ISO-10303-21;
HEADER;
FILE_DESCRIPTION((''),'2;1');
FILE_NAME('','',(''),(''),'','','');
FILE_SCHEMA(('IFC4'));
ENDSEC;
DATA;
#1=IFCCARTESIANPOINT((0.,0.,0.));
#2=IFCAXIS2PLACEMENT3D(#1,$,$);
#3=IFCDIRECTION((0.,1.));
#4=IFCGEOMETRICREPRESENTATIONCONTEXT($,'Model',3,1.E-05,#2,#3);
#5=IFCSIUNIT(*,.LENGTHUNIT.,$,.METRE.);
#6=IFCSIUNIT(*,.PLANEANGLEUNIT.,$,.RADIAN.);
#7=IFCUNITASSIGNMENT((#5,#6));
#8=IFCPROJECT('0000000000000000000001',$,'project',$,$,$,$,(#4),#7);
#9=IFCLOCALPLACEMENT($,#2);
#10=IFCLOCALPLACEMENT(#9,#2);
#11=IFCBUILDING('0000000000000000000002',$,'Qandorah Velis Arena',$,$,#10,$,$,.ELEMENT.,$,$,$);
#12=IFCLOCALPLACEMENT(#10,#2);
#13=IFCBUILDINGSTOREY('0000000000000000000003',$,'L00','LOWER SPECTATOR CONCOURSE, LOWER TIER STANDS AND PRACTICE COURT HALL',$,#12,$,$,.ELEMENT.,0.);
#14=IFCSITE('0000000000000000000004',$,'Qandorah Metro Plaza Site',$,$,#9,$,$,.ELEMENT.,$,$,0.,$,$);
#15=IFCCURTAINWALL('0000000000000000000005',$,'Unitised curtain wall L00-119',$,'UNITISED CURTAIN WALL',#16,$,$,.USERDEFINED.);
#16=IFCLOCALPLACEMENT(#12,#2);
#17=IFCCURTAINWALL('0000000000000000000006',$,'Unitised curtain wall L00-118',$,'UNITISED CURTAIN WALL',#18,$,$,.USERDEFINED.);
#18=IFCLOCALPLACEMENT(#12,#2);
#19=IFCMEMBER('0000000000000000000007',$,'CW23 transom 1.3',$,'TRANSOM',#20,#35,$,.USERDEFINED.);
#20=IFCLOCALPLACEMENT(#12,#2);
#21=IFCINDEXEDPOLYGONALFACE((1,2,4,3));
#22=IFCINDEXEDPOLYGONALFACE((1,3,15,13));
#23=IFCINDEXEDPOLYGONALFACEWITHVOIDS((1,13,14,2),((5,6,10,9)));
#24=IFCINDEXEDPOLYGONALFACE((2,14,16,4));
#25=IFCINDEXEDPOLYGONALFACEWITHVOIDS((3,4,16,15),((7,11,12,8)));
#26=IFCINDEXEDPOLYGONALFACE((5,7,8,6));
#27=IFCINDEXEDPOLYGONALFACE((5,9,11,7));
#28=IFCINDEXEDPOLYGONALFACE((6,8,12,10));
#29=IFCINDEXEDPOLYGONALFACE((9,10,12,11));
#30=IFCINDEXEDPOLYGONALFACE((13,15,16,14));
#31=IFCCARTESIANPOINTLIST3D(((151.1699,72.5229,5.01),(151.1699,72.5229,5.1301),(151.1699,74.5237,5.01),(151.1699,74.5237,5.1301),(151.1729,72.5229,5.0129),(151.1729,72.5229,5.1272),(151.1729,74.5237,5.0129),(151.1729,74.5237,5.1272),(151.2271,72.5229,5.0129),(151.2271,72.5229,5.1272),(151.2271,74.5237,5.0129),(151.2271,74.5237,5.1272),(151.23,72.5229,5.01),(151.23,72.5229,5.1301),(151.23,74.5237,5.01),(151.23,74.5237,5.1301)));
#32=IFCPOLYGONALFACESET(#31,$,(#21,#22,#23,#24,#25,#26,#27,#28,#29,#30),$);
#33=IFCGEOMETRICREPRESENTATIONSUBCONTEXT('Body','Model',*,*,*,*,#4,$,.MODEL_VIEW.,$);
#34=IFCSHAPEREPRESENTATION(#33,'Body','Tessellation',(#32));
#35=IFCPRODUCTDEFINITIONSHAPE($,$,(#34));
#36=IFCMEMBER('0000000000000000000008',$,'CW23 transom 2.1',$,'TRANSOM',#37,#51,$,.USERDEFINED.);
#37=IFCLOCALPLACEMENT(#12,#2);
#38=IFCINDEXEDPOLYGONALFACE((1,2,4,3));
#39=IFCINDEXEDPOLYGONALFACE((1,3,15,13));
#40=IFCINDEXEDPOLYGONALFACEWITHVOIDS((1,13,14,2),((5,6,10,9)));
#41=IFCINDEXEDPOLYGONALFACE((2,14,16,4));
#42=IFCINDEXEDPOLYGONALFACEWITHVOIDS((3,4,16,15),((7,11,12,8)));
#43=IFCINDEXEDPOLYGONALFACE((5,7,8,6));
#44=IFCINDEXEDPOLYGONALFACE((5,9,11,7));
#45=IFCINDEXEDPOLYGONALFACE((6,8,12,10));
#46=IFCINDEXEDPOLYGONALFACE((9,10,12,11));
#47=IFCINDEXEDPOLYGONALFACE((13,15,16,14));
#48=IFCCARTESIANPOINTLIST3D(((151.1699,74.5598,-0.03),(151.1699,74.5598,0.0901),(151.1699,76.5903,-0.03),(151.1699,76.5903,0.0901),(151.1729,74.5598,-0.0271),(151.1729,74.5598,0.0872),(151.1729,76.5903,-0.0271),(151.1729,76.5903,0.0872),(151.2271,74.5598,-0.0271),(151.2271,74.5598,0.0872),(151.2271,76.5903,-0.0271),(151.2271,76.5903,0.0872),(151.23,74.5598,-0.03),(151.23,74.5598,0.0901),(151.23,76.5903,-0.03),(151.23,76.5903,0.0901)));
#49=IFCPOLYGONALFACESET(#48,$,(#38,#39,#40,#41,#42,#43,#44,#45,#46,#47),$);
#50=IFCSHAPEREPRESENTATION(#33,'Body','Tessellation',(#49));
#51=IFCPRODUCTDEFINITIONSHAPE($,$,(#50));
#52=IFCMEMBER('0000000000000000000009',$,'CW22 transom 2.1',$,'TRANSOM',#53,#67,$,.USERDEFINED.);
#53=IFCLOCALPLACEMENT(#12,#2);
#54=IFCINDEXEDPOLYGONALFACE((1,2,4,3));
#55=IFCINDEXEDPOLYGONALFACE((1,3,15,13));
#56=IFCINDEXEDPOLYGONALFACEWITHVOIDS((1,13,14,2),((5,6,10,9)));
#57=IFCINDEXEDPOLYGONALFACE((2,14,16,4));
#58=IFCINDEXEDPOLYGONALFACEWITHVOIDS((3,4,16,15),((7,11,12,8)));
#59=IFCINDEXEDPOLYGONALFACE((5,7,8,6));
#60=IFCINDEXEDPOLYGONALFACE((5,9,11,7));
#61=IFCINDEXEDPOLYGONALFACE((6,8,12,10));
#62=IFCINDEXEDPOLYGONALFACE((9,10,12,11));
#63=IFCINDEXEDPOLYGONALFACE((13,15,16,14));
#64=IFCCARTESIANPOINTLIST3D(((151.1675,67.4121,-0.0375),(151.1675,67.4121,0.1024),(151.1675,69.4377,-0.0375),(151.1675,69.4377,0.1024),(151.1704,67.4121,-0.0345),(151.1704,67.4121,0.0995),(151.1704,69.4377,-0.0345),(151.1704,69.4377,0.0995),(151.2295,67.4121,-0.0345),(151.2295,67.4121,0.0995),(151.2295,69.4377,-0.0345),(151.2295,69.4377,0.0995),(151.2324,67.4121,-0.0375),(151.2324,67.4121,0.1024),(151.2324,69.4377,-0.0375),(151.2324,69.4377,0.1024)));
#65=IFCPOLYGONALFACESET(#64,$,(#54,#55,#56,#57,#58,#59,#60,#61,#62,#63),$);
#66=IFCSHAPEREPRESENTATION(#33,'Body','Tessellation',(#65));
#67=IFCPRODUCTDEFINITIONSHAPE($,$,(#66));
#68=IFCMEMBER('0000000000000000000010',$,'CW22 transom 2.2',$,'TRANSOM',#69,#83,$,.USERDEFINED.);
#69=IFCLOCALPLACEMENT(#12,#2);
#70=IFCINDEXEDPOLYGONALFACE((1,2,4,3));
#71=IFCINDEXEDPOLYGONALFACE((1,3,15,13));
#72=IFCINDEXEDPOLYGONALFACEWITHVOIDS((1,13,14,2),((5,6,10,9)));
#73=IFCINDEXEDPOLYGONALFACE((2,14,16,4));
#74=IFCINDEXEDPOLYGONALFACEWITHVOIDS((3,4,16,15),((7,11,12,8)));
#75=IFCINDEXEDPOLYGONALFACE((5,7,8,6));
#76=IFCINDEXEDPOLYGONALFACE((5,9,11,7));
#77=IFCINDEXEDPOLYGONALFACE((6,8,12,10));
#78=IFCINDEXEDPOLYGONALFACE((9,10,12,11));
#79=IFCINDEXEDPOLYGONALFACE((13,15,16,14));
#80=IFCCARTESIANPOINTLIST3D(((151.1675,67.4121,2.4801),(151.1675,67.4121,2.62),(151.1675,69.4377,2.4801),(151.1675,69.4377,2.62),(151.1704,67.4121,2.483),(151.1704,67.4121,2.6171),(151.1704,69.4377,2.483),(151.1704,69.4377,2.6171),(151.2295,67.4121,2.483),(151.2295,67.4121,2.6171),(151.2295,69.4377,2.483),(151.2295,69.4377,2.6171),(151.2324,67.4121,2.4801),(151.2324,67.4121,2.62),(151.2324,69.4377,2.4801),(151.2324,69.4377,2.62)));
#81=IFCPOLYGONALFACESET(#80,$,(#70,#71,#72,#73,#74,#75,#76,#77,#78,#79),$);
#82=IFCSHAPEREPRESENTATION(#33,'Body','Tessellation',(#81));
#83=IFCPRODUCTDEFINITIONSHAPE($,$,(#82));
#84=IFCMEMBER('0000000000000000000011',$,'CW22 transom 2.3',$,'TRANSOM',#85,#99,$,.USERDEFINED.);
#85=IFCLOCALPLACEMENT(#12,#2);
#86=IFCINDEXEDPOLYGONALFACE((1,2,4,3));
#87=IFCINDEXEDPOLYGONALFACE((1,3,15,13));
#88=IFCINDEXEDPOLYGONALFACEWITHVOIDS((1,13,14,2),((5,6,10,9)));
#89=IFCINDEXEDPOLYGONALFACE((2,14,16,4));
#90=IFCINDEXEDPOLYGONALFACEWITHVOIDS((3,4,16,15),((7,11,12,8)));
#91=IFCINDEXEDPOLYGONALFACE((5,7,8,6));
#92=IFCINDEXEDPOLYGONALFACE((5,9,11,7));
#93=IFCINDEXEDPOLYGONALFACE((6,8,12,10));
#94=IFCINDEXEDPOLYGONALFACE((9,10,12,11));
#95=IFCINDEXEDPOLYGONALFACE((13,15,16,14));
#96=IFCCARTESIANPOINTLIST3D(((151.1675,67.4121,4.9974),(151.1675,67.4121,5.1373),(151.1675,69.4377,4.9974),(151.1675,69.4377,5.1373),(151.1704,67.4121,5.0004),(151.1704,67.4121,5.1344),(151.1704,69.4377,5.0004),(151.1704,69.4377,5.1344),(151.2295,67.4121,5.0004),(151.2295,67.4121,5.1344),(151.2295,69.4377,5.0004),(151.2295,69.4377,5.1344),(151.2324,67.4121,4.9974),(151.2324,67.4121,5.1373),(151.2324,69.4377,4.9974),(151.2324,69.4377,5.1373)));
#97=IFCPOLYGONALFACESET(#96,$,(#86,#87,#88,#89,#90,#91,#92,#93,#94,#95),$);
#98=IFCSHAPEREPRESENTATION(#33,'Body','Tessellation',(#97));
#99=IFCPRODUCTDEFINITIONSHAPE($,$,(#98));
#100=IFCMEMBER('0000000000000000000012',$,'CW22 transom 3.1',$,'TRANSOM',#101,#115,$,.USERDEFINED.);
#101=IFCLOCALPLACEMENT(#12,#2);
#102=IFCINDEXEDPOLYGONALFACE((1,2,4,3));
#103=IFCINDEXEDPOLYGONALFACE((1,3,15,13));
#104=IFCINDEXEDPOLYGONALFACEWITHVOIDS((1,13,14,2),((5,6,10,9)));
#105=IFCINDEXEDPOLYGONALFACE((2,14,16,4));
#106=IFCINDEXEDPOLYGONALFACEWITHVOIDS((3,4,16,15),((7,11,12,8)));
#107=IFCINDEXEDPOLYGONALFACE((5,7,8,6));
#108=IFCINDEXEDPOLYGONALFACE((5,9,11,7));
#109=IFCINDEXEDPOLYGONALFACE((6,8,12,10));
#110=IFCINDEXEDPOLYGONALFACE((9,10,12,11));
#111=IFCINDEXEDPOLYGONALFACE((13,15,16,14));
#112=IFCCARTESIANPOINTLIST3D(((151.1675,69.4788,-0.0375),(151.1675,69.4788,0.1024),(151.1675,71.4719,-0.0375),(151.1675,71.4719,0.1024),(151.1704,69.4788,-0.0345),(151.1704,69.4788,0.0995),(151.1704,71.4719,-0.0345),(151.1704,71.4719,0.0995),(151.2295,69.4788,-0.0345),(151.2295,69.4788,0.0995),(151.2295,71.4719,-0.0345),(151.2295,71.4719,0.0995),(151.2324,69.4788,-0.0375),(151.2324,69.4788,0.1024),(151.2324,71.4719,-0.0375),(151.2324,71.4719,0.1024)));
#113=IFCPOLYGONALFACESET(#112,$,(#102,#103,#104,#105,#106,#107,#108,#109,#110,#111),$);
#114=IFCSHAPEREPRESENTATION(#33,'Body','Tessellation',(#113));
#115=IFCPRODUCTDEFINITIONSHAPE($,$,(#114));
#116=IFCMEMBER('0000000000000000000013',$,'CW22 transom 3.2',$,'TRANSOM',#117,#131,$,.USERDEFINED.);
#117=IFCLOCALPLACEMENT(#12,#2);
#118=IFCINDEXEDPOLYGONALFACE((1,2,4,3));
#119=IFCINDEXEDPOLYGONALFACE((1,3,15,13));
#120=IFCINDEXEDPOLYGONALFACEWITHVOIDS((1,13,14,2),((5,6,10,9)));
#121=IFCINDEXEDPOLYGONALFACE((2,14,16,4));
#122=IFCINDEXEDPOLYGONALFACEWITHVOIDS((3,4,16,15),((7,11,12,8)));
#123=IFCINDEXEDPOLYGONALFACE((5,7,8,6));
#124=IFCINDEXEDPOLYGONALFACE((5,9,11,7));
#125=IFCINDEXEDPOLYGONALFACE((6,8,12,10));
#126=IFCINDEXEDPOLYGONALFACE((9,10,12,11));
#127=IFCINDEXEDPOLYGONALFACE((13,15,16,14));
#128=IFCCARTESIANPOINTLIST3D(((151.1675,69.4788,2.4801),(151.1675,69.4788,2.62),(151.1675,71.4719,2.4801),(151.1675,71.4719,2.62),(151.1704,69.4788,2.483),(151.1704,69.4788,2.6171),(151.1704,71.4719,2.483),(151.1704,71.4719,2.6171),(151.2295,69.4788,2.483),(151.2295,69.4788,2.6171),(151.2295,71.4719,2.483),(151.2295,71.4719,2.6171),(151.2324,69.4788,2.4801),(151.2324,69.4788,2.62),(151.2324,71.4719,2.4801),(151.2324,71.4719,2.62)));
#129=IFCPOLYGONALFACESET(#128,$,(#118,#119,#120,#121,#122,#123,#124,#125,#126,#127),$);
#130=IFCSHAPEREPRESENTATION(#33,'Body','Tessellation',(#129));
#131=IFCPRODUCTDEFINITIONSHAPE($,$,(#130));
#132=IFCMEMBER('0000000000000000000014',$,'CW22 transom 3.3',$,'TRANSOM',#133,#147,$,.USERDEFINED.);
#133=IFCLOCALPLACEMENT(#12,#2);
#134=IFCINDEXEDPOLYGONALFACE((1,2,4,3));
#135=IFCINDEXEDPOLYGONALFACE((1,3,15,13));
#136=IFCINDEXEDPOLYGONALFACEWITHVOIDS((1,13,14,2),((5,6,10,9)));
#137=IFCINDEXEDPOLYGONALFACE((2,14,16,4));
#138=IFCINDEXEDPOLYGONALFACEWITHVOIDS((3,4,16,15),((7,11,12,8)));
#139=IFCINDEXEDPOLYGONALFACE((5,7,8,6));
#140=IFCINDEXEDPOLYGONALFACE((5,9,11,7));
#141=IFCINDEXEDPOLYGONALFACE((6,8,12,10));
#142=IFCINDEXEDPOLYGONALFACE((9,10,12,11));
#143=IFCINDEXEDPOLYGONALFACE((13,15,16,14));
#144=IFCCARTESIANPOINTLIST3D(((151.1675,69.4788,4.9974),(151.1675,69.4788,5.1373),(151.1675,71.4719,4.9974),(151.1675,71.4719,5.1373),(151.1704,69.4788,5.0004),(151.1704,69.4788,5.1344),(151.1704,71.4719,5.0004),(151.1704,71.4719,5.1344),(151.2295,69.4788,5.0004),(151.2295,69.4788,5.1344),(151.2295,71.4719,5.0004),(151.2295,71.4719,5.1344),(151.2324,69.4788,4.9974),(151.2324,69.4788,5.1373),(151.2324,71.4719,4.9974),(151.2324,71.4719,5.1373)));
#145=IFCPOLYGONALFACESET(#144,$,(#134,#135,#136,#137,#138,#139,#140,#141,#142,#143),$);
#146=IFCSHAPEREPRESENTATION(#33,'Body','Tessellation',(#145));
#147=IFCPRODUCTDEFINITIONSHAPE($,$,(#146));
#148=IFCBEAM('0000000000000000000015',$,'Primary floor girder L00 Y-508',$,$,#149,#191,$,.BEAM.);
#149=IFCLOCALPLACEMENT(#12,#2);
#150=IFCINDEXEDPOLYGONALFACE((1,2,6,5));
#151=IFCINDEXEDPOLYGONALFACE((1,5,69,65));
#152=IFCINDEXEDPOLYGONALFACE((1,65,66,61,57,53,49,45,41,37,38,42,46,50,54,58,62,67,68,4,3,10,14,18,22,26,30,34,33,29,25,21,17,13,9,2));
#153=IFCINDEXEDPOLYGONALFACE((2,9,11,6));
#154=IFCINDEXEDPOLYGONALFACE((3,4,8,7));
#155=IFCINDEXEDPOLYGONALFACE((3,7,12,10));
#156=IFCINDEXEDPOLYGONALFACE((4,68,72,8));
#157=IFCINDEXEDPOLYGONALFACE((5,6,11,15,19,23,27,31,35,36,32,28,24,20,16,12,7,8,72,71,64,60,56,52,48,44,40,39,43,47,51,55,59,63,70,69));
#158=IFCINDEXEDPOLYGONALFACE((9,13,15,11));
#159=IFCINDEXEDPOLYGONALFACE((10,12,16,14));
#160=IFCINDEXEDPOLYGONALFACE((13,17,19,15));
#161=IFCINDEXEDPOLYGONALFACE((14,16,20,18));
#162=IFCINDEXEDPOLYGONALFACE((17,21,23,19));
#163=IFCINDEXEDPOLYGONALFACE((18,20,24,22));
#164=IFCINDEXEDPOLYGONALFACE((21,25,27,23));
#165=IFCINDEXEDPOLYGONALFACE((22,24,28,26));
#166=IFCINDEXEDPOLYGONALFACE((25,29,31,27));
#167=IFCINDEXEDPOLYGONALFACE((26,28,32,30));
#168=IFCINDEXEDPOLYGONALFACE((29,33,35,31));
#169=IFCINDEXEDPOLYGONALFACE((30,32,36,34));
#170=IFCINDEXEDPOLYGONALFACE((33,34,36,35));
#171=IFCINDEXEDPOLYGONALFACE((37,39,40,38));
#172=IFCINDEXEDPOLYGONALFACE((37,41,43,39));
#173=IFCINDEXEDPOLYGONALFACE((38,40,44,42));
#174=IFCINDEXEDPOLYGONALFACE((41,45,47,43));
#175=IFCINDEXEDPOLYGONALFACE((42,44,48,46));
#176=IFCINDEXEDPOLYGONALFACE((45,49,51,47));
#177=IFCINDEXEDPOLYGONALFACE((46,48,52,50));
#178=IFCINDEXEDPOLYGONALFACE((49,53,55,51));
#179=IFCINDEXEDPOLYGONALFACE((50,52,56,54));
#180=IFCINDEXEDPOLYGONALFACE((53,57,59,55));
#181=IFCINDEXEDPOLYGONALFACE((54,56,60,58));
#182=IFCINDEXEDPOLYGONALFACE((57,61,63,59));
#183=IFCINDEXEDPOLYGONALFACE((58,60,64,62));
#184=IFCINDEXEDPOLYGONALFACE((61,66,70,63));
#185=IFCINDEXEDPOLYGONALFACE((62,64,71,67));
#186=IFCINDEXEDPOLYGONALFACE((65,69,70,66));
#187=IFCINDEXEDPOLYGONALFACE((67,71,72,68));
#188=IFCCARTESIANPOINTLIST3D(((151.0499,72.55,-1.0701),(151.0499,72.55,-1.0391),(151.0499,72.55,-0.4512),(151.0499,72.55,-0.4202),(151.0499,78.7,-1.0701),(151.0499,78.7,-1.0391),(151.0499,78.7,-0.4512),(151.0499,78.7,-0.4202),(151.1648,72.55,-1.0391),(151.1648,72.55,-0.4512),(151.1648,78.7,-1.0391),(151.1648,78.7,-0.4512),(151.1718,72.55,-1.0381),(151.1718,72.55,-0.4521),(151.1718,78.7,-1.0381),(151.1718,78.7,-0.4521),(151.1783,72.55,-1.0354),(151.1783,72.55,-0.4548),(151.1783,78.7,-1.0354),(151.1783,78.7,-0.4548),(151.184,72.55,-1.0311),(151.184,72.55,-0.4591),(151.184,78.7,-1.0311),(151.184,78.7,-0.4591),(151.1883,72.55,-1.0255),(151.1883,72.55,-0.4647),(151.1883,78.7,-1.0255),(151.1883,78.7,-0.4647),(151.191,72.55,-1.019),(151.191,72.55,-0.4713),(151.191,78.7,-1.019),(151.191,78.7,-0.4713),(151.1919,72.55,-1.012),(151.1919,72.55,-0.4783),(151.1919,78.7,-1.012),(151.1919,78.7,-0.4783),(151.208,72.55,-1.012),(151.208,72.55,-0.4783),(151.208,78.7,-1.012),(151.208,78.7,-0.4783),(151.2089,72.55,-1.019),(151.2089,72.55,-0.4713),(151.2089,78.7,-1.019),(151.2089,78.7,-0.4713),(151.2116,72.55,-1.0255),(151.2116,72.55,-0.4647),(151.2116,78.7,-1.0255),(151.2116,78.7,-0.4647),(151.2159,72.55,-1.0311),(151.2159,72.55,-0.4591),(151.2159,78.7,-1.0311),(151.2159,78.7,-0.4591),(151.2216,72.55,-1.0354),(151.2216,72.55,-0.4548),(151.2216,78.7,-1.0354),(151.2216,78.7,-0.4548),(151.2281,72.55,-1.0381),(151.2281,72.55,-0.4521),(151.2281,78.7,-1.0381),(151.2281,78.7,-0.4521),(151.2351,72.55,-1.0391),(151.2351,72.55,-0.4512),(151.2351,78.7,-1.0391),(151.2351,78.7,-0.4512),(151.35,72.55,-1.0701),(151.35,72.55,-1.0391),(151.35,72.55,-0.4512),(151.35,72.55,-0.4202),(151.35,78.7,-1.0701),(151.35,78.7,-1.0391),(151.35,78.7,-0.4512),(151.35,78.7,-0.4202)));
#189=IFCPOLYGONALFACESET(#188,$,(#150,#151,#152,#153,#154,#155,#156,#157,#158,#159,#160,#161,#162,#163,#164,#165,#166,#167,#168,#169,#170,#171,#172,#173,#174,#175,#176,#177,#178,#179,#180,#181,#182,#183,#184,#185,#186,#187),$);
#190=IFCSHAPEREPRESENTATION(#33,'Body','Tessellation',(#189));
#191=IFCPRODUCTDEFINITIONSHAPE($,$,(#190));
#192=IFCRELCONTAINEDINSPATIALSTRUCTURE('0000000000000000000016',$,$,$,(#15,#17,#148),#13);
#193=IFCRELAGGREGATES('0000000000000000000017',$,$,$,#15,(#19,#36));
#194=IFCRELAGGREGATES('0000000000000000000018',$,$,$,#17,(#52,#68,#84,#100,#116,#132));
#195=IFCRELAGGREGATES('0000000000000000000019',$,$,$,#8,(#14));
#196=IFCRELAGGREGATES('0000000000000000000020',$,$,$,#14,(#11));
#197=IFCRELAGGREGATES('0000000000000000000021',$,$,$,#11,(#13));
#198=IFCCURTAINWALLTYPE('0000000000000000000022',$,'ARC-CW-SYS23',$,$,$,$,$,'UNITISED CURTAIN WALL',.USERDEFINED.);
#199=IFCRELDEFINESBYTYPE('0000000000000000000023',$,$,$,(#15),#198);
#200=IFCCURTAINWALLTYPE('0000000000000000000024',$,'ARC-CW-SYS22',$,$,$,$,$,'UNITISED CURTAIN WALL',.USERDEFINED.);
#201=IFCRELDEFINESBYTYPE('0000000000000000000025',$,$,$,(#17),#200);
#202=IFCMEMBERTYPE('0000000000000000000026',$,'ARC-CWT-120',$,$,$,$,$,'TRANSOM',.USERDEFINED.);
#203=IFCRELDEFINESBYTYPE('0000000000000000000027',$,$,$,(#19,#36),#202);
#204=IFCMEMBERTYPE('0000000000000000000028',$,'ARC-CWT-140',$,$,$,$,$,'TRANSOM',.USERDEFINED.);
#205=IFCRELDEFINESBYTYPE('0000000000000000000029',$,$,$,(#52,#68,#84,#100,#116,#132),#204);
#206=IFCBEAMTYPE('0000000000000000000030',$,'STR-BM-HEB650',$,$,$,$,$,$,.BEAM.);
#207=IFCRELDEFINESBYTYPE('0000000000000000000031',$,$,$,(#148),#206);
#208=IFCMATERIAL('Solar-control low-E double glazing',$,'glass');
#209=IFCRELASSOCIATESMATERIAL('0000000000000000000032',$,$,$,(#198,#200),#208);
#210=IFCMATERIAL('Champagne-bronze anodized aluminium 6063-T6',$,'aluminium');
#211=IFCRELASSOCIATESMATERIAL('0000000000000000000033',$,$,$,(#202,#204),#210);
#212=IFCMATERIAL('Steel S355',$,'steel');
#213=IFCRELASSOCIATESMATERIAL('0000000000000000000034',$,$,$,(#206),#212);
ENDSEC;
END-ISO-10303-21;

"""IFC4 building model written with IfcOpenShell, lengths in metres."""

from ifc_helpers import new_model, si_unit, direction, frame, origin, origin_2d, place, context, subcontext, project, spatial, hollow_rectangle, i_section, extrude, material, material_profile, profile_set, type_object, element, aggregate, save


model = new_model("IFC4")

# Units and contexts
model_context = context("Model", 3, precision=1e-05, world=origin(), true_north=direction((0.0, 1.0)))
body_context = subcontext(model_context, "Body", "Model", "MODEL_VIEW")
ifc_project = project(units=[si_unit("LENGTHUNIT", "METRE"), si_unit("PLANEANGLEUNIT", "RADIAN")], contexts=[model_context])

# Site, building, storey
site_placement = place(None, origin())
site = spatial("IfcSite", under=ifc_project, at=site_placement, Name="Qandorah Metro Plaza Site", CompositionType="ELEMENT", RefElevation=0.0)
building_placement = place(site_placement, origin())
building = spatial("IfcBuilding", under=site, at=building_placement, Name="Qandorah Velis Arena", CompositionType="ELEMENT")
storey_placement = place(building_placement, origin())
storey = spatial("IfcBuildingStorey", under=building, at=storey_placement, Name="L00", Description="LOWER SPECTATOR CONCOURSE, LOWER TIER STANDS AND PRACTICE COURT HALL", CompositionType="ELEMENT", Elevation=0.0)

# Curtain walls
ifc_material_1 = material(Name="Solar-control low-E double glazing", Category="glass")
curtain_wall_type_1 = type_object("IfcCurtainWallType", Name="ARC-CW-SYS23", ElementType="UNITISED CURTAIN WALL", PredefinedType="USERDEFINED", material=ifc_material_1)
curtain_wall_1_placement = place(storey_placement, origin())
curtain_wall_1 = element("IfcCurtainWall", 1, at=curtain_wall_1_placement, inside=storey, type_object=curtain_wall_type_1, Name="Unitised curtain wall L00-119", ObjectType="UNITISED CURTAIN WALL", PredefinedType="USERDEFINED")
ifc_material_2 = material(Name="Champagne-bronze anodized aluminium 6063-T6", Category="aluminium")
curtain_wall_type_2 = type_object("IfcCurtainWallType", Name="ARC-CW-SYS22", ElementType="UNITISED CURTAIN WALL", PredefinedType="USERDEFINED", material=ifc_material_1)
curtain_wall_2_placement = place(storey_placement, origin())
curtain_wall_2 = element("IfcCurtainWall", 2, at=curtain_wall_2_placement, inside=storey, type_object=curtain_wall_type_2, Name="Unitised curtain wall L00-118", ObjectType="UNITISED CURTAIN WALL", PredefinedType="USERDEFINED")

# Members
ifc_material_profile_1 = material_profile(ifc_material_2, hollow_rectangle(XDim=0.0601, YDim=0.1201, WallThickness=0.0029, at=origin_2d()), Name="ALU TRANSOM 60x120")
ifc_profile_set_1 = profile_set([ifc_material_profile_1], Name="Champagne-bronze anodized aluminium 6063-T6")
member_type_1 = type_object("IfcMemberType", Name="ARC-CWT-120", ElementType="TRANSOM", PredefinedType="USERDEFINED", material=ifc_profile_set_1)
member_1_placement = place(storey_placement, frame((151.2, 72.5229, 5.0701), z_axis=(0.0, 1.0, 0.0), x_axis=(-1.0, 0.0, 0.0)))
member_1 = element("IfcMember", 3, at=member_1_placement, type_object=member_type_1, Name="CW23 transom 1.3", ObjectType="TRANSOM", PredefinedType="USERDEFINED", context=body_context, shape_type="SweptSolid", body=[
    extrude(hollow_rectangle(XDim=0.0601, YDim=0.1201, WallThickness=0.0029, at=origin_2d()), origin(), (0.0, 0.0, 1.0), 2.0007),
])
member_2_placement = place(storey_placement, frame((151.2, 74.5598, 0.03), z_axis=(0.0, 1.0, 0.0), x_axis=(-1.0, 0.0, 0.0)))
member_2 = element("IfcMember", 4, at=member_2_placement, type_object=member_type_1, Name="CW23 transom 2.1", ObjectType="TRANSOM", PredefinedType="USERDEFINED", context=body_context, shape_type="SweptSolid", body=[
    extrude(hollow_rectangle(XDim=0.0601, YDim=0.1201, WallThickness=0.0029, at=origin_2d()), origin(), (0.0, 0.0, 1.0), 2.0305),
])
ifc_material_profile_2 = material_profile(ifc_material_2, hollow_rectangle(XDim=0.0649, YDim=0.1399, WallThickness=0.0029, at=origin_2d()), Name="ALU TRANSOM 65x140")
ifc_profile_set_2 = profile_set([ifc_material_profile_2], Name="Champagne-bronze anodized aluminium 6063-T6")
member_type_2 = type_object("IfcMemberType", Name="ARC-CWT-140", ElementType="TRANSOM", PredefinedType="USERDEFINED", material=ifc_profile_set_2)
member_3_placement = place(storey_placement, frame((151.2, 67.4121, 0.0325), z_axis=(0.0, 1.0, 0.0), x_axis=(-1.0, 0.0, 0.0)))
member_3 = element("IfcMember", 5, at=member_3_placement, type_object=member_type_2, Name="CW22 transom 2.1", ObjectType="TRANSOM", PredefinedType="USERDEFINED", context=body_context, shape_type="SweptSolid", body=[
    extrude(hollow_rectangle(XDim=0.0649, YDim=0.1399, WallThickness=0.0029, at=origin_2d()), origin(), (0.0, 0.0, 1.0), 2.0256),
])
member_4_placement = place(storey_placement, frame((151.2, 67.4121, 2.55), z_axis=(0.0, 1.0, 0.0), x_axis=(-1.0, 0.0, 0.0)))
member_4 = element("IfcMember", 6, at=member_4_placement, type_object=member_type_2, Name="CW22 transom 2.2", ObjectType="TRANSOM", PredefinedType="USERDEFINED", context=body_context, shape_type="SweptSolid", body=[
    extrude(hollow_rectangle(XDim=0.0649, YDim=0.1399, WallThickness=0.0029, at=origin_2d()), origin(), (0.0, 0.0, 1.0), 2.0256),
])
member_5_placement = place(storey_placement, frame((151.2, 67.4121, 5.0674), z_axis=(0.0, 1.0, 0.0), x_axis=(-1.0, 0.0, 0.0)))
member_5 = element("IfcMember", 7, at=member_5_placement, type_object=member_type_2, Name="CW22 transom 2.3", ObjectType="TRANSOM", PredefinedType="USERDEFINED", context=body_context, shape_type="SweptSolid", body=[
    extrude(hollow_rectangle(XDim=0.0649, YDim=0.1399, WallThickness=0.0029, at=origin_2d()), origin(), (0.0, 0.0, 1.0), 2.0256),
])
member_6_placement = place(storey_placement, frame((151.2, 69.4788, 0.0325), z_axis=(0.0, 1.0, 0.0), x_axis=(-1.0, 0.0, 0.0)))
member_6 = element("IfcMember", 8, at=member_6_placement, type_object=member_type_2, Name="CW22 transom 3.1", ObjectType="TRANSOM", PredefinedType="USERDEFINED", context=body_context, shape_type="SweptSolid", body=[
    extrude(hollow_rectangle(XDim=0.0649, YDim=0.1399, WallThickness=0.0029, at=origin_2d()), origin(), (0.0, 0.0, 1.0), 1.9932),
])
member_7_placement = place(storey_placement, frame((151.2, 69.4788, 2.55), z_axis=(0.0, 1.0, 0.0), x_axis=(-1.0, 0.0, 0.0)))
member_7 = element("IfcMember", 9, at=member_7_placement, type_object=member_type_2, Name="CW22 transom 3.2", ObjectType="TRANSOM", PredefinedType="USERDEFINED", context=body_context, shape_type="SweptSolid", body=[
    extrude(hollow_rectangle(XDim=0.0649, YDim=0.1399, WallThickness=0.0029, at=origin_2d()), origin(), (0.0, 0.0, 1.0), 1.9932),
])
member_8_placement = place(storey_placement, frame((151.2, 69.4788, 5.0674), z_axis=(0.0, 1.0, 0.0), x_axis=(-1.0, 0.0, 0.0)))
member_8 = element("IfcMember", 10, at=member_8_placement, type_object=member_type_2, Name="CW22 transom 3.3", ObjectType="TRANSOM", PredefinedType="USERDEFINED", context=body_context, shape_type="SweptSolid", body=[
    extrude(hollow_rectangle(XDim=0.0649, YDim=0.1399, WallThickness=0.0029, at=origin_2d()), origin(), (0.0, 0.0, 1.0), 1.9932),
])

# Beam
ifc_material_3 = material(Name="Steel S355", Category="steel")
ifc_material_profile_3 = material_profile(ifc_material_3, i_section(OverallWidth=0.3, OverallDepth=0.6499, WebThickness=0.0161, FlangeThickness=0.031, FilletRadius=0.0271, at=origin_2d()), Name="HEB 650")
ifc_profile_set_3 = profile_set([ifc_material_profile_3], Name="Steel S355")
beam_type_1 = type_object("IfcBeamType", Name="STR-BM-HEB650", PredefinedType="BEAM", material=ifc_profile_set_3)
beam_1_placement = place(storey_placement, frame((151.2, 72.55, -0.7451), z_axis=(0.0, 1.0, 0.0), x_axis=(-1.0, 0.0, 0.0)))
element("IfcBeam", 11, at=beam_1_placement, inside=storey, type_object=beam_type_1, Name="Primary floor girder L00 Y-508", PredefinedType="BEAM", context=body_context, shape_type="SweptSolid", body=[
    extrude(i_section(OverallWidth=0.3, OverallDepth=0.6499, WebThickness=0.0161, FlangeThickness=0.031, FilletRadius=0.0271, at=origin_2d()), origin(), (0.0, 0.0, 1.0), 6.1499),
])

aggregate(curtain_wall_1, [member_1, member_2])
aggregate(curtain_wall_2, [member_3, member_4, member_5, member_6, member_7, member_8])

save(model, "model.ifc")
